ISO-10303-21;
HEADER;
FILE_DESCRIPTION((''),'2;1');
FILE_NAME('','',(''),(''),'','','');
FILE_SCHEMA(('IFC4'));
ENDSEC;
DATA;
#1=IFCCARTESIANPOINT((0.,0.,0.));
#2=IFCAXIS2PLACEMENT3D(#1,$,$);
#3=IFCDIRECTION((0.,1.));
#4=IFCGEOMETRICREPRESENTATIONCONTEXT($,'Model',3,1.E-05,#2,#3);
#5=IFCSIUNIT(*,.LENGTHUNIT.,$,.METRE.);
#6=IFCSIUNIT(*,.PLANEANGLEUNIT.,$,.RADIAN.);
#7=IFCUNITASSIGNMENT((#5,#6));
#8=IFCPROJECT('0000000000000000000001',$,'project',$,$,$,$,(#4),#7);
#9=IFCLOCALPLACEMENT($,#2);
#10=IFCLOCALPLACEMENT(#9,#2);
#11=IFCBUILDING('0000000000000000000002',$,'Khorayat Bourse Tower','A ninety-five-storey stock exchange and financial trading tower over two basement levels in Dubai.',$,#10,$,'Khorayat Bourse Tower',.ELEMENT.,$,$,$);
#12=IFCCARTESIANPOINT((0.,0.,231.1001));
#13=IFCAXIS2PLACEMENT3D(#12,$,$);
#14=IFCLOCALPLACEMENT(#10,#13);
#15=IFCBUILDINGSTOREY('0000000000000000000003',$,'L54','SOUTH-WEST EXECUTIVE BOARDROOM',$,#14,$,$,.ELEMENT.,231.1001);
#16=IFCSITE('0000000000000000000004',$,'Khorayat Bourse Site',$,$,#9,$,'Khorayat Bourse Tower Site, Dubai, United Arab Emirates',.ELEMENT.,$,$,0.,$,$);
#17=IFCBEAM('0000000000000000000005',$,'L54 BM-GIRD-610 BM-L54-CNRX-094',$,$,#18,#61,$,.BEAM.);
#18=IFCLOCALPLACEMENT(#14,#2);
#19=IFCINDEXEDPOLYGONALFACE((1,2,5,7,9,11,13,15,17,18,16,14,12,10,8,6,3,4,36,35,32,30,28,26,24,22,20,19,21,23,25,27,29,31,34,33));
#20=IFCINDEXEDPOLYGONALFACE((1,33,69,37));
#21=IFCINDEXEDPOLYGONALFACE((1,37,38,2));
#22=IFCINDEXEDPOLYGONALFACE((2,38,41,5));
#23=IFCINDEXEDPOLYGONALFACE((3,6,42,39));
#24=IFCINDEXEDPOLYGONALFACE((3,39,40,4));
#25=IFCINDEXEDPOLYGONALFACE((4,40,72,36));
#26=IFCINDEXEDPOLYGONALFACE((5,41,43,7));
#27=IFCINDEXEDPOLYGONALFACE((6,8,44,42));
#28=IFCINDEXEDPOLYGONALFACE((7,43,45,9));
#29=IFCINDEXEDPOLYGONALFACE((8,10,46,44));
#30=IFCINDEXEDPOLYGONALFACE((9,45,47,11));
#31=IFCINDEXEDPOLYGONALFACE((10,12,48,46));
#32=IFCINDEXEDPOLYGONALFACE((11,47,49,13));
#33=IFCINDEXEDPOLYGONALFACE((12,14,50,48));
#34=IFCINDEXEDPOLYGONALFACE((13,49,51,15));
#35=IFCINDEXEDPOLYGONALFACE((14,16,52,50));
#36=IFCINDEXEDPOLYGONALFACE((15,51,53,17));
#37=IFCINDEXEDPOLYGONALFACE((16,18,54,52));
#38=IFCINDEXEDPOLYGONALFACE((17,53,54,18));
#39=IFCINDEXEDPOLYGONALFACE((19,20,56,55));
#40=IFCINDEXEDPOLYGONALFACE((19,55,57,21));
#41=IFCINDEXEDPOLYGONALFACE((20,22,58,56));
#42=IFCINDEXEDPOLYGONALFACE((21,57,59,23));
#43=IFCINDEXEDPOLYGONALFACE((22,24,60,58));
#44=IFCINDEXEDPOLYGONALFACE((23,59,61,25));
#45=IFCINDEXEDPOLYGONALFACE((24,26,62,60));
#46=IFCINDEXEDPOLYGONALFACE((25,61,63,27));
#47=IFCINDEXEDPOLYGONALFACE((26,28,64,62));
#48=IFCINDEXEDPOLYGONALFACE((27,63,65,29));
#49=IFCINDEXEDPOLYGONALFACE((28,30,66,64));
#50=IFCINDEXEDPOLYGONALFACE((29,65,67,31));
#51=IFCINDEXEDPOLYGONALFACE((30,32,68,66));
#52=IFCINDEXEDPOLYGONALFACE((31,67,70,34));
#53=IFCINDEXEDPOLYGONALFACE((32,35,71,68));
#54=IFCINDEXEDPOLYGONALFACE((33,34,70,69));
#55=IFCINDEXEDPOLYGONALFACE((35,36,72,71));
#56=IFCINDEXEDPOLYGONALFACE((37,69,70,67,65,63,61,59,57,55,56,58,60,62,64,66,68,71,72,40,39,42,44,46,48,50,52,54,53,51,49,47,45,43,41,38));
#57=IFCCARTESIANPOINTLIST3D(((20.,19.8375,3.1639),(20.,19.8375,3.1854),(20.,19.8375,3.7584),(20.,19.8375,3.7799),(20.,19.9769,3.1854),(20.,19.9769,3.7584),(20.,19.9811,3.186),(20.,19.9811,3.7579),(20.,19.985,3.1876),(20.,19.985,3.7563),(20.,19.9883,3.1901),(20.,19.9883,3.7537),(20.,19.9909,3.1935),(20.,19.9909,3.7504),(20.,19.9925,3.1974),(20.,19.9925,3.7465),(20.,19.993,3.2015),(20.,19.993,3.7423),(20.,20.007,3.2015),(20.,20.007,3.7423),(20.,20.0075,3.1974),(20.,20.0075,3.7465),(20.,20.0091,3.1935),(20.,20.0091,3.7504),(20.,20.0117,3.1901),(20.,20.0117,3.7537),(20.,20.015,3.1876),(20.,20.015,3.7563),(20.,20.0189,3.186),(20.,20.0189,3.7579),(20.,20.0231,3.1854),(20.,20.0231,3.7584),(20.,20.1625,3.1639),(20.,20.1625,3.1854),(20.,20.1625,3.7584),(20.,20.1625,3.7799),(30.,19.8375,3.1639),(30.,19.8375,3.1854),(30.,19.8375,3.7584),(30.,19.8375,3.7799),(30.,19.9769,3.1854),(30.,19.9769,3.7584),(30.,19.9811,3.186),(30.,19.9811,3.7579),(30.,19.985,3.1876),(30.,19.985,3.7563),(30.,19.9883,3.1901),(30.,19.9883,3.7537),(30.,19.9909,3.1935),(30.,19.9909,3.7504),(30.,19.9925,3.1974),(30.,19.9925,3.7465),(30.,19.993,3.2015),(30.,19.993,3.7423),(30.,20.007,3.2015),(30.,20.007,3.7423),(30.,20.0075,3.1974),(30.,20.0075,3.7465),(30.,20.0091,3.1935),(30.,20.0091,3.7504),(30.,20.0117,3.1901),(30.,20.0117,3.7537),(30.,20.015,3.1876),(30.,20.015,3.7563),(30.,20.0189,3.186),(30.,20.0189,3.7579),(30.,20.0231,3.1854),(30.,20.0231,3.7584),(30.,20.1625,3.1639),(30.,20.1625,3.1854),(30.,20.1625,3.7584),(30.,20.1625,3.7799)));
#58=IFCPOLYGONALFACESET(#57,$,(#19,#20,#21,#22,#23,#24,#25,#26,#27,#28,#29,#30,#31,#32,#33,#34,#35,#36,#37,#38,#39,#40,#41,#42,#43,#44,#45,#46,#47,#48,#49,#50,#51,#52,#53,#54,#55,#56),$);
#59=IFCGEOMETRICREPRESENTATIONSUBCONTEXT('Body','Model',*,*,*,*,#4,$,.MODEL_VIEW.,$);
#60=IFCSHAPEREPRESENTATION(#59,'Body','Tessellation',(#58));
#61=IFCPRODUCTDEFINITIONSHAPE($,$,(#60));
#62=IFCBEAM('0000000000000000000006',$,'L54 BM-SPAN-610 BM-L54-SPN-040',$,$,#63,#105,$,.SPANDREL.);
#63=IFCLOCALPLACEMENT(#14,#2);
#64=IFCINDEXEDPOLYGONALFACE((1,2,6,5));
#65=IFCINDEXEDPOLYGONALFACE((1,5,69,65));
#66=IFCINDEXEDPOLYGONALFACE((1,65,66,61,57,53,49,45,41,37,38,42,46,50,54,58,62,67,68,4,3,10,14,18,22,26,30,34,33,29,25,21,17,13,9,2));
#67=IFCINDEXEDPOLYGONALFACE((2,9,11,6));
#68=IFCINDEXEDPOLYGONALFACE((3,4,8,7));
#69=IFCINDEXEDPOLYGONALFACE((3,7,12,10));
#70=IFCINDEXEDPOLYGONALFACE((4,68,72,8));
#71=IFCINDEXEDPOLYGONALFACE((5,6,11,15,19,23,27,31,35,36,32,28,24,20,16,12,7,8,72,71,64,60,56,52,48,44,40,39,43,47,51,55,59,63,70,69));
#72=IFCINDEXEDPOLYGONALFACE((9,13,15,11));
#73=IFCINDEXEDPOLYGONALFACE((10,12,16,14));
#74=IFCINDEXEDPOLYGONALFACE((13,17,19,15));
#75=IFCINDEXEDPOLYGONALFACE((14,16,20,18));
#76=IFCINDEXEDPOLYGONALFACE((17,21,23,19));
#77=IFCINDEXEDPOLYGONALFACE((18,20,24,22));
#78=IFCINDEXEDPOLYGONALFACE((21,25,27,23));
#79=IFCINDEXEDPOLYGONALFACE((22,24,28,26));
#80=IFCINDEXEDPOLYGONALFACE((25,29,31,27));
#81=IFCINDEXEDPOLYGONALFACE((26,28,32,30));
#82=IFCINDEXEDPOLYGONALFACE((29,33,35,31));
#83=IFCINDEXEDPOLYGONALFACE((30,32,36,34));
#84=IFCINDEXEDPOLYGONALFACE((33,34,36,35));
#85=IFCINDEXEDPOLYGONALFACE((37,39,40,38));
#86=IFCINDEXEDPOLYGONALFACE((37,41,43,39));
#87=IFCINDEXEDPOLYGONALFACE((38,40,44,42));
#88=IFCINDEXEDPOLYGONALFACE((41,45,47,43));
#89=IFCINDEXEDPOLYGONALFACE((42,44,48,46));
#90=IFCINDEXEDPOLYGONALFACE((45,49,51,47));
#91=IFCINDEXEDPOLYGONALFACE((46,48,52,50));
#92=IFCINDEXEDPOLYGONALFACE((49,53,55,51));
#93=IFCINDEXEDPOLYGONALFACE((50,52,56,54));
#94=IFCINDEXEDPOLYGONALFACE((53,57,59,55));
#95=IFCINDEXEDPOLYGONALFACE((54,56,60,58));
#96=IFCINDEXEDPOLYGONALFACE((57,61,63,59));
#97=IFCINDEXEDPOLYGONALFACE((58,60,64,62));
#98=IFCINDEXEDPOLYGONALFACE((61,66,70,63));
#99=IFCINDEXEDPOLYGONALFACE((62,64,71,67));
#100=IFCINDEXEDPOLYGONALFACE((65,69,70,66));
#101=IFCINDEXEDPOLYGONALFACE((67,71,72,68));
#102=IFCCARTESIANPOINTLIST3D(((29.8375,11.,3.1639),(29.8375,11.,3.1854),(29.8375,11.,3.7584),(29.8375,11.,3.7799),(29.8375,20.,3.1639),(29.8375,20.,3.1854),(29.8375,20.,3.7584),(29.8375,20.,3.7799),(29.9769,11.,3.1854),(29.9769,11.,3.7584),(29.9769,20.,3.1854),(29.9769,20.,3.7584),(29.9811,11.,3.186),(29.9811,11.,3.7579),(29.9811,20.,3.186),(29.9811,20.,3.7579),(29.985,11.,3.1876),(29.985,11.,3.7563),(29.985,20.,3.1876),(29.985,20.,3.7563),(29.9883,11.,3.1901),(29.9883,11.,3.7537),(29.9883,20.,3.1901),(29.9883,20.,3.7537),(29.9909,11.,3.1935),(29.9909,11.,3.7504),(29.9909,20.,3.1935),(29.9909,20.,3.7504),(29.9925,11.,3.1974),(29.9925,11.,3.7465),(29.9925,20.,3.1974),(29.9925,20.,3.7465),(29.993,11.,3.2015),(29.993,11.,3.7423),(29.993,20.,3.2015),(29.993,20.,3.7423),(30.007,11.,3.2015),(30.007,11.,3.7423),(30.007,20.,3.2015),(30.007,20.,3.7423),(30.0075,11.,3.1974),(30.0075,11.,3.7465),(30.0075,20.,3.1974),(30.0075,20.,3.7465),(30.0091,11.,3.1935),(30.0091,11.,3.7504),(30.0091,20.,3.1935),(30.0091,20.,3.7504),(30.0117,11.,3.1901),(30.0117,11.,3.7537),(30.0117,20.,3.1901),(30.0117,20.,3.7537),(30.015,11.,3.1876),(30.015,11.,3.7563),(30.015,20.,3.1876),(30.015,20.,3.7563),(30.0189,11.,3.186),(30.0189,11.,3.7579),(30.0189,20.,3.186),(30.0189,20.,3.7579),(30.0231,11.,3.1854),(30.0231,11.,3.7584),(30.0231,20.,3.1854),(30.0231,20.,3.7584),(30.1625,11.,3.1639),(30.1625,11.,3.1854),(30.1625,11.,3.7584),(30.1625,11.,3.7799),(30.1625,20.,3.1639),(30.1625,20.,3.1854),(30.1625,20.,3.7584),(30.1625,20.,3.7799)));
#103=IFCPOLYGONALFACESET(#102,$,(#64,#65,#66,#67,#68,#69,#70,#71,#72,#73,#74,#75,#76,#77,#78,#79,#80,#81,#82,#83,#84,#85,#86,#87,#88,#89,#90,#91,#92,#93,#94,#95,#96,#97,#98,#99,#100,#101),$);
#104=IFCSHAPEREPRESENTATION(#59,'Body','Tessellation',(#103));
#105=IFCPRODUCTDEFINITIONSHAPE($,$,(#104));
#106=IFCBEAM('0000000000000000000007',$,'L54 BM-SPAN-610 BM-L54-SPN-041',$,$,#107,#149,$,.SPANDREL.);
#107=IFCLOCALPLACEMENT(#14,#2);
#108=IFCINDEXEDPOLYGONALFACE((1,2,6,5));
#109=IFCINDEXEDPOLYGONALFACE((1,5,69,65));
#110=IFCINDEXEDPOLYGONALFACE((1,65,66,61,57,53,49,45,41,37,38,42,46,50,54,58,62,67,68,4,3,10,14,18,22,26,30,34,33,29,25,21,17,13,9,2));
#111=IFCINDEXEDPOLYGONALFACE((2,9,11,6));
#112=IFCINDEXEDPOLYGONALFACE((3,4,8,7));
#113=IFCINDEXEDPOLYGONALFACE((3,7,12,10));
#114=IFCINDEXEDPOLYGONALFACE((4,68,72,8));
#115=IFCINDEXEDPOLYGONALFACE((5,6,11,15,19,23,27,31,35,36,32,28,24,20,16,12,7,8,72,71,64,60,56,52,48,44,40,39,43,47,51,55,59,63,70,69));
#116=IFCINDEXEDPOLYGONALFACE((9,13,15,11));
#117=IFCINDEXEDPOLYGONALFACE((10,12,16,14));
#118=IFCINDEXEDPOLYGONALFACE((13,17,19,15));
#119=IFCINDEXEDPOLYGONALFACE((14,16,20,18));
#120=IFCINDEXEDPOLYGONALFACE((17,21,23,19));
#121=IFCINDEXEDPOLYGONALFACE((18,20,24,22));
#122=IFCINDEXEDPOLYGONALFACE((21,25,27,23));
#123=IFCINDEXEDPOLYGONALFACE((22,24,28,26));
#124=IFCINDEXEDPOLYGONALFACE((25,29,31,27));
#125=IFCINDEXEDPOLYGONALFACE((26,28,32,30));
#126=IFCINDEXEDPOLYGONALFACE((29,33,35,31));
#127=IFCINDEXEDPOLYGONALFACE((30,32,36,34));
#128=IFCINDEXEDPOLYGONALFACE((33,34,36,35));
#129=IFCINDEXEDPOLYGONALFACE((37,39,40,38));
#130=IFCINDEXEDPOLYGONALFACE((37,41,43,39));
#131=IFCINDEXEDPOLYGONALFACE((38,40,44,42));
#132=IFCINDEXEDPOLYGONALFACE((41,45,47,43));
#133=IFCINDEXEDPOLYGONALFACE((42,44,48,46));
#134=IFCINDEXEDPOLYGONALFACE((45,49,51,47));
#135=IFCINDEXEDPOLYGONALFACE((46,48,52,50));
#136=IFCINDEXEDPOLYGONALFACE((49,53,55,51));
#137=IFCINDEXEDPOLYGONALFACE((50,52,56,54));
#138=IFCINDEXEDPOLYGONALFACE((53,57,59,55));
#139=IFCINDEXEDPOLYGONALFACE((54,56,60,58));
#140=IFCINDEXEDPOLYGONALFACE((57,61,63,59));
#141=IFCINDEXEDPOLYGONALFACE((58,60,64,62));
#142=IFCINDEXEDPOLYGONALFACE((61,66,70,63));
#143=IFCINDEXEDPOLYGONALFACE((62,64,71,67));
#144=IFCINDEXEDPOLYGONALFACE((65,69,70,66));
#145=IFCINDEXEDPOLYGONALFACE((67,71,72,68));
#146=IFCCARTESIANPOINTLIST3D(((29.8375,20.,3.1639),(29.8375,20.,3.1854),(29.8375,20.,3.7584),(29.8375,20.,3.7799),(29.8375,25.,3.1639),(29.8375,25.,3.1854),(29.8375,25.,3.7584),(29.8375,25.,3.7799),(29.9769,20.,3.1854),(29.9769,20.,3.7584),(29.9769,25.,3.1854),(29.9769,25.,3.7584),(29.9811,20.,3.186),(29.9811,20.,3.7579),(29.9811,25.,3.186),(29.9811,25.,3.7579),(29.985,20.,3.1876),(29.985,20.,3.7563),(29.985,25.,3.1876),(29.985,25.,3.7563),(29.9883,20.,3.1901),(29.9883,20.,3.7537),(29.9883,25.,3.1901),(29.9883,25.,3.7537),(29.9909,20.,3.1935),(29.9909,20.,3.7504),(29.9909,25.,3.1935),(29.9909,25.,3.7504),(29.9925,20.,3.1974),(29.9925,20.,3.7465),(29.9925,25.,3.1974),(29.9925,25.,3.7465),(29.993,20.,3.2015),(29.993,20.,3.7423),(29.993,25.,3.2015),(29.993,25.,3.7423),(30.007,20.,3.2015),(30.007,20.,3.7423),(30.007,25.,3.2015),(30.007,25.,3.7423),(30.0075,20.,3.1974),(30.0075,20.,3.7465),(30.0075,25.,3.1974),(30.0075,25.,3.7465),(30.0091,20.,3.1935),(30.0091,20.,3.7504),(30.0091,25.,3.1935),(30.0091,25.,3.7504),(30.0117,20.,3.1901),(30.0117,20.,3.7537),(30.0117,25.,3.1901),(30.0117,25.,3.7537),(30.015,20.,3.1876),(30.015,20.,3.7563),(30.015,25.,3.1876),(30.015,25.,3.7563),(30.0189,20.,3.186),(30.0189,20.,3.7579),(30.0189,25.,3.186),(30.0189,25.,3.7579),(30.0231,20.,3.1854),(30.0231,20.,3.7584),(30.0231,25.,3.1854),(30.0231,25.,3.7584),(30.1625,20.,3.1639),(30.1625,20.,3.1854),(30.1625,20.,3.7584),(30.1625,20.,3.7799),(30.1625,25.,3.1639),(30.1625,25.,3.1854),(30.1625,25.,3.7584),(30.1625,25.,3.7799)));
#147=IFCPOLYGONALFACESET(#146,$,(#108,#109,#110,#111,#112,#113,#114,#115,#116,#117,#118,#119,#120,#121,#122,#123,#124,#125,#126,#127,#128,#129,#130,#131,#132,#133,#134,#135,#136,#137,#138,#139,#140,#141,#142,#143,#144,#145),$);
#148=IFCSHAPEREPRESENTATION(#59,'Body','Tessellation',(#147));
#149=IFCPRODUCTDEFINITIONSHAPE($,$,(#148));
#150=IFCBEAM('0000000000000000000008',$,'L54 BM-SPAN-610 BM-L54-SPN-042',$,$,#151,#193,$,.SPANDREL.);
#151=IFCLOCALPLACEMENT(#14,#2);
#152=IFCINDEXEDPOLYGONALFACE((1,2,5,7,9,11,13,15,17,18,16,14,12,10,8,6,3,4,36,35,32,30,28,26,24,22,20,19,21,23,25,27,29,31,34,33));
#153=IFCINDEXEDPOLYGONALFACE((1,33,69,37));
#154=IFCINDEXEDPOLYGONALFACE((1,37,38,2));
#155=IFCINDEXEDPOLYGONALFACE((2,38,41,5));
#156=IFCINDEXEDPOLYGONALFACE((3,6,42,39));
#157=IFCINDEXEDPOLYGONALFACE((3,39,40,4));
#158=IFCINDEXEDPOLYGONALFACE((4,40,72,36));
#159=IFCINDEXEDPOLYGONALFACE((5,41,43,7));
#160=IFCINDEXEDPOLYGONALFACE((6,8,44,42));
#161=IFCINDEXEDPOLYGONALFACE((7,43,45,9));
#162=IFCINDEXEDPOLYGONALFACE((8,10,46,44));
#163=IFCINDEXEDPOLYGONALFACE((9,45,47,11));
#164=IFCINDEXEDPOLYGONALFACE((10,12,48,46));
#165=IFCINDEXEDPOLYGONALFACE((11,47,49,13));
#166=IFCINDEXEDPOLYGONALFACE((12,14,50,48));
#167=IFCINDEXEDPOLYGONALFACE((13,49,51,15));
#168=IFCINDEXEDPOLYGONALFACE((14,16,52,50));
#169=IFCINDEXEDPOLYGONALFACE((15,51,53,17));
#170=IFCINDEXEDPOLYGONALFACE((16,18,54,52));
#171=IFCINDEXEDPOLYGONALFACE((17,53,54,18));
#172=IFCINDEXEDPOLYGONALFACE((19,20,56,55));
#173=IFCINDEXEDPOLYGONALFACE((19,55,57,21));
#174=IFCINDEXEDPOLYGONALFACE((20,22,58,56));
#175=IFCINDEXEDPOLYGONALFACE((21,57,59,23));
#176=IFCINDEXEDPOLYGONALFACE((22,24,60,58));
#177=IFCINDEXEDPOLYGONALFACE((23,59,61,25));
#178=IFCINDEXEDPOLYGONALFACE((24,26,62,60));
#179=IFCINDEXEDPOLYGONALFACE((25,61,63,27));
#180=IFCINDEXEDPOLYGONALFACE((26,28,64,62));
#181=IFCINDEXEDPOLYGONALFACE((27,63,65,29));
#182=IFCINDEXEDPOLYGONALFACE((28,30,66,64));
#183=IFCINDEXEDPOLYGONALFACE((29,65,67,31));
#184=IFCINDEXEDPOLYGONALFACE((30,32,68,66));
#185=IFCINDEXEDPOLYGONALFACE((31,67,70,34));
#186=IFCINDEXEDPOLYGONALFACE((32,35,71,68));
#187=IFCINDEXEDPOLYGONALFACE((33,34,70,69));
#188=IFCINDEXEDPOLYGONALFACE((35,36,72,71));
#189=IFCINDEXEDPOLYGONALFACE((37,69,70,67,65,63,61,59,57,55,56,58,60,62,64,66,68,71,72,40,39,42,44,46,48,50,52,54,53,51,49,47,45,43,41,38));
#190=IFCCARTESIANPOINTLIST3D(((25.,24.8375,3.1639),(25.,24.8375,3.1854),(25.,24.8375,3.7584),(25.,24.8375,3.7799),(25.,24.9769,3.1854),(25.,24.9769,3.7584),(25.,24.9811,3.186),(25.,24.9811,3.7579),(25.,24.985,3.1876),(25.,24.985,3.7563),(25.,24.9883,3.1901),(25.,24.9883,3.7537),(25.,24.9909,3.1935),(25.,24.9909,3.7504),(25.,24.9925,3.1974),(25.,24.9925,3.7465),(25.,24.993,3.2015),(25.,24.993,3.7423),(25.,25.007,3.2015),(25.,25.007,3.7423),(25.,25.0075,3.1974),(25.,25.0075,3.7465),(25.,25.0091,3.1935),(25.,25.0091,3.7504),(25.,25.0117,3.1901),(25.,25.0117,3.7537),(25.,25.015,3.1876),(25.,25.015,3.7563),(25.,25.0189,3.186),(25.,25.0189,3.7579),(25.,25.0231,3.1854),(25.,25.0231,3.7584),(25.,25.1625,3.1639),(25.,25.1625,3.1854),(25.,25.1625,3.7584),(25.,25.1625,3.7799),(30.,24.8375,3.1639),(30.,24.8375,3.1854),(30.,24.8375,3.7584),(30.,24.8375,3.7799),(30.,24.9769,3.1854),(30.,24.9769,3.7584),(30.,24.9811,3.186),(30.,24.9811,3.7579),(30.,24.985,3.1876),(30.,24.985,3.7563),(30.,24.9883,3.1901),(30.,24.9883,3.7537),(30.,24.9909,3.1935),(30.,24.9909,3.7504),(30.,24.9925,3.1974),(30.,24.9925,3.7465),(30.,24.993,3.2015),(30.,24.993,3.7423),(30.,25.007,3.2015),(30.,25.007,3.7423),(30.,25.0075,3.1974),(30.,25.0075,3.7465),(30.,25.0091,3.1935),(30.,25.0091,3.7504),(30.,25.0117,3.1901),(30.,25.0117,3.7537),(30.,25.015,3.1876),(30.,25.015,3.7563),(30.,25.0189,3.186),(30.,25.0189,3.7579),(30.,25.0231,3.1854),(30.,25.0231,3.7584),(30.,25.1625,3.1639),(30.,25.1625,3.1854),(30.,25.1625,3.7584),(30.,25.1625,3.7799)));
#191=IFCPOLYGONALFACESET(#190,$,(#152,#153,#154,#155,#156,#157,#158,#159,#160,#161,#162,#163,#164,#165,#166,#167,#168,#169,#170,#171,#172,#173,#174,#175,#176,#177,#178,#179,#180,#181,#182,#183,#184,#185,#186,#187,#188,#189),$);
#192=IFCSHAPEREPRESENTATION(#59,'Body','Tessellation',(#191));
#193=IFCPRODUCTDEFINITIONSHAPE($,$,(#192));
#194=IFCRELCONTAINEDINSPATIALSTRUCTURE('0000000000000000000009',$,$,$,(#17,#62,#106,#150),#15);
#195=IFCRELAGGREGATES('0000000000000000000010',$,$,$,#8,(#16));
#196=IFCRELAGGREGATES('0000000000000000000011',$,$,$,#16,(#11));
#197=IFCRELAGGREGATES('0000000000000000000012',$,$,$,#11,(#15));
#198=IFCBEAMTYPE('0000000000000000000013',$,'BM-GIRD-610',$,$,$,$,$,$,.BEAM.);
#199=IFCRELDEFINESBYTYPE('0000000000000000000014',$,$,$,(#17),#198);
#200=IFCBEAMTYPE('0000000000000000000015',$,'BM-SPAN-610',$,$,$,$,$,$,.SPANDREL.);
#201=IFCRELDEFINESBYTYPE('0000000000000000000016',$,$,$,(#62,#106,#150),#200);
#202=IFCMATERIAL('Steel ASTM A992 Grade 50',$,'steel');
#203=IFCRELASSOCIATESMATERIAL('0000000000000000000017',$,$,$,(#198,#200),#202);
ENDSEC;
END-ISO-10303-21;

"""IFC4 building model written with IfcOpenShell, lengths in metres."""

from ifc_helpers import new_model, si_unit, direction, frame, origin, origin_2d, place, context, subcontext, project, spatial, i_section, extrude, source, transform, mapped, material, material_profile, profile_set, type_object, element, save


model = new_model("IFC4")

# Units and contexts
model_context = context("Model", 3, precision=1e-05, world=origin(), true_north=direction((0.0, 1.0)))
body_context = subcontext(model_context, "Body", "Model", "MODEL_VIEW")
ifc_project = project(units=[si_unit("LENGTHUNIT", "METRE"), si_unit("PLANEANGLEUNIT", "RADIAN")], contexts=[model_context])

# Site, building, storey
site_placement = place(None, origin())
site = spatial("IfcSite", under=ifc_project, at=site_placement, Name="Khorayat Bourse Site", LongName="Khorayat Bourse Tower Site, Dubai, United Arab Emirates", CompositionType="ELEMENT", RefElevation=0.0)
building_placement = place(site_placement, origin())
building = spatial("IfcBuilding", under=site, at=building_placement, Name="Khorayat Bourse Tower", Description="A ninety-five-storey stock exchange and financial trading tower over two basement levels in Dubai.", LongName="Khorayat Bourse Tower", CompositionType="ELEMENT")
storey_placement = place(building_placement, frame((0.0, 0.0, 231.1001)))
storey = spatial("IfcBuildingStorey", under=building, at=storey_placement, Name="L54", Description="SOUTH-WEST EXECUTIVE BOARDROOM", CompositionType="ELEMENT", Elevation=231.1001)

# Beams
ifc_material_1 = material(Name="Steel ASTM A992 Grade 50", Category="steel")
ifc_material_profile_1 = material_profile(ifc_material_1, i_section(OverallWidth=0.325, OverallDepth=0.616, WebThickness=0.0139, FlangeThickness=0.0215, FilletRadius=0.0161, at=origin_2d()), Name="W610X174")
ifc_profile_set_1 = profile_set([ifc_material_profile_1], Name="Steel ASTM A992 Grade 50")
beam_type_1 = type_object("IfcBeamType", Name="BM-GIRD-610", PredefinedType="BEAM", material=ifc_profile_set_1)
shared_shape_1 = source(origin(), body_context, "Body", "SweptSolid", [
    extrude(i_section(OverallWidth=0.325, OverallDepth=0.616, WebThickness=0.0139, FlangeThickness=0.0215, FilletRadius=0.0161, at=origin_2d()), origin(), (0.0, 0.0, 1.0), 10.0),
])
beam_1_placement = place(storey_placement, frame((20.0, 20.0, 3.4719), z_axis=(1.0, 0.0, 0.0), x_axis=(0.0, 1.0, 0.0)))
element("IfcBeam", 1, at=beam_1_placement, inside=storey, type_object=beam_type_1, Name="L54 BM-GIRD-610 BM-L54-CNRX-094", PredefinedType="BEAM", context=body_context, shape_type="MappedRepresentation", body=[
    mapped(shared_shape_1, transform((0.0, 0.0, 0.0), scale=1.0)),
])
ifc_material_profile_2 = material_profile(ifc_material_1, i_section(OverallWidth=0.325, OverallDepth=0.616, WebThickness=0.0139, FlangeThickness=0.0215, FilletRadius=0.0161, at=origin_2d()), Name="W610X174")
ifc_profile_set_2 = profile_set([ifc_material_profile_2], Name="Steel ASTM A992 Grade 50")
beam_type_2 = type_object("IfcBeamType", Name="BM-SPAN-610", PredefinedType="SPANDREL", material=ifc_profile_set_2)
shared_shape_2 = source(origin(), body_context, "Body", "SweptSolid", [
    extrude(i_section(OverallWidth=0.325, OverallDepth=0.616, WebThickness=0.0139, FlangeThickness=0.0215, FilletRadius=0.0161, at=origin_2d()), origin(), (0.0, 0.0, 1.0), 9.0),
])
beam_2_placement = place(storey_placement, frame((30.0, 11.0, 3.4719), z_axis=(0.0, 1.0, 0.0), x_axis=(-1.0, 0.0, 0.0)))
element("IfcBeam", 2, at=beam_2_placement, inside=storey, type_object=beam_type_2, Name="L54 BM-SPAN-610 BM-L54-SPN-040", PredefinedType="SPANDREL", context=body_context, shape_type="MappedRepresentation", body=[
    mapped(shared_shape_2, transform((0.0, 0.0, 0.0), scale=1.0)),
])
shared_shape_3 = source(origin(), body_context, "Body", "SweptSolid", [
    extrude(i_section(OverallWidth=0.325, OverallDepth=0.616, WebThickness=0.0139, FlangeThickness=0.0215, FilletRadius=0.0161, at=origin_2d()), origin(), (0.0, 0.0, 1.0), 5.0),
])
for number, where, z_axis, x_axis, name in (
    (3, (30.0, 20.0, 3.4719), (0.0, 1.0, 0.0), (-1.0, 0.0, 0.0), "L54 BM-SPAN-610 BM-L54-SPN-041"),
    (4, (25.0, 25.0, 3.4719), (1.0, 0.0, 0.0), (0.0, 1.0, 0.0), "L54 BM-SPAN-610 BM-L54-SPN-042"),
):
    element("IfcBeam", number, at=place(storey_placement, frame(where, z_axis=z_axis, x_axis=x_axis)), inside=storey, type_object=beam_type_2, Name=name, PredefinedType="SPANDREL", context=body_context, shape_type="MappedRepresentation", body=[
        mapped(shared_shape_3, transform((0.0, 0.0, 0.0), scale=1.0)),
    ])

save(model, "model.ifc")
